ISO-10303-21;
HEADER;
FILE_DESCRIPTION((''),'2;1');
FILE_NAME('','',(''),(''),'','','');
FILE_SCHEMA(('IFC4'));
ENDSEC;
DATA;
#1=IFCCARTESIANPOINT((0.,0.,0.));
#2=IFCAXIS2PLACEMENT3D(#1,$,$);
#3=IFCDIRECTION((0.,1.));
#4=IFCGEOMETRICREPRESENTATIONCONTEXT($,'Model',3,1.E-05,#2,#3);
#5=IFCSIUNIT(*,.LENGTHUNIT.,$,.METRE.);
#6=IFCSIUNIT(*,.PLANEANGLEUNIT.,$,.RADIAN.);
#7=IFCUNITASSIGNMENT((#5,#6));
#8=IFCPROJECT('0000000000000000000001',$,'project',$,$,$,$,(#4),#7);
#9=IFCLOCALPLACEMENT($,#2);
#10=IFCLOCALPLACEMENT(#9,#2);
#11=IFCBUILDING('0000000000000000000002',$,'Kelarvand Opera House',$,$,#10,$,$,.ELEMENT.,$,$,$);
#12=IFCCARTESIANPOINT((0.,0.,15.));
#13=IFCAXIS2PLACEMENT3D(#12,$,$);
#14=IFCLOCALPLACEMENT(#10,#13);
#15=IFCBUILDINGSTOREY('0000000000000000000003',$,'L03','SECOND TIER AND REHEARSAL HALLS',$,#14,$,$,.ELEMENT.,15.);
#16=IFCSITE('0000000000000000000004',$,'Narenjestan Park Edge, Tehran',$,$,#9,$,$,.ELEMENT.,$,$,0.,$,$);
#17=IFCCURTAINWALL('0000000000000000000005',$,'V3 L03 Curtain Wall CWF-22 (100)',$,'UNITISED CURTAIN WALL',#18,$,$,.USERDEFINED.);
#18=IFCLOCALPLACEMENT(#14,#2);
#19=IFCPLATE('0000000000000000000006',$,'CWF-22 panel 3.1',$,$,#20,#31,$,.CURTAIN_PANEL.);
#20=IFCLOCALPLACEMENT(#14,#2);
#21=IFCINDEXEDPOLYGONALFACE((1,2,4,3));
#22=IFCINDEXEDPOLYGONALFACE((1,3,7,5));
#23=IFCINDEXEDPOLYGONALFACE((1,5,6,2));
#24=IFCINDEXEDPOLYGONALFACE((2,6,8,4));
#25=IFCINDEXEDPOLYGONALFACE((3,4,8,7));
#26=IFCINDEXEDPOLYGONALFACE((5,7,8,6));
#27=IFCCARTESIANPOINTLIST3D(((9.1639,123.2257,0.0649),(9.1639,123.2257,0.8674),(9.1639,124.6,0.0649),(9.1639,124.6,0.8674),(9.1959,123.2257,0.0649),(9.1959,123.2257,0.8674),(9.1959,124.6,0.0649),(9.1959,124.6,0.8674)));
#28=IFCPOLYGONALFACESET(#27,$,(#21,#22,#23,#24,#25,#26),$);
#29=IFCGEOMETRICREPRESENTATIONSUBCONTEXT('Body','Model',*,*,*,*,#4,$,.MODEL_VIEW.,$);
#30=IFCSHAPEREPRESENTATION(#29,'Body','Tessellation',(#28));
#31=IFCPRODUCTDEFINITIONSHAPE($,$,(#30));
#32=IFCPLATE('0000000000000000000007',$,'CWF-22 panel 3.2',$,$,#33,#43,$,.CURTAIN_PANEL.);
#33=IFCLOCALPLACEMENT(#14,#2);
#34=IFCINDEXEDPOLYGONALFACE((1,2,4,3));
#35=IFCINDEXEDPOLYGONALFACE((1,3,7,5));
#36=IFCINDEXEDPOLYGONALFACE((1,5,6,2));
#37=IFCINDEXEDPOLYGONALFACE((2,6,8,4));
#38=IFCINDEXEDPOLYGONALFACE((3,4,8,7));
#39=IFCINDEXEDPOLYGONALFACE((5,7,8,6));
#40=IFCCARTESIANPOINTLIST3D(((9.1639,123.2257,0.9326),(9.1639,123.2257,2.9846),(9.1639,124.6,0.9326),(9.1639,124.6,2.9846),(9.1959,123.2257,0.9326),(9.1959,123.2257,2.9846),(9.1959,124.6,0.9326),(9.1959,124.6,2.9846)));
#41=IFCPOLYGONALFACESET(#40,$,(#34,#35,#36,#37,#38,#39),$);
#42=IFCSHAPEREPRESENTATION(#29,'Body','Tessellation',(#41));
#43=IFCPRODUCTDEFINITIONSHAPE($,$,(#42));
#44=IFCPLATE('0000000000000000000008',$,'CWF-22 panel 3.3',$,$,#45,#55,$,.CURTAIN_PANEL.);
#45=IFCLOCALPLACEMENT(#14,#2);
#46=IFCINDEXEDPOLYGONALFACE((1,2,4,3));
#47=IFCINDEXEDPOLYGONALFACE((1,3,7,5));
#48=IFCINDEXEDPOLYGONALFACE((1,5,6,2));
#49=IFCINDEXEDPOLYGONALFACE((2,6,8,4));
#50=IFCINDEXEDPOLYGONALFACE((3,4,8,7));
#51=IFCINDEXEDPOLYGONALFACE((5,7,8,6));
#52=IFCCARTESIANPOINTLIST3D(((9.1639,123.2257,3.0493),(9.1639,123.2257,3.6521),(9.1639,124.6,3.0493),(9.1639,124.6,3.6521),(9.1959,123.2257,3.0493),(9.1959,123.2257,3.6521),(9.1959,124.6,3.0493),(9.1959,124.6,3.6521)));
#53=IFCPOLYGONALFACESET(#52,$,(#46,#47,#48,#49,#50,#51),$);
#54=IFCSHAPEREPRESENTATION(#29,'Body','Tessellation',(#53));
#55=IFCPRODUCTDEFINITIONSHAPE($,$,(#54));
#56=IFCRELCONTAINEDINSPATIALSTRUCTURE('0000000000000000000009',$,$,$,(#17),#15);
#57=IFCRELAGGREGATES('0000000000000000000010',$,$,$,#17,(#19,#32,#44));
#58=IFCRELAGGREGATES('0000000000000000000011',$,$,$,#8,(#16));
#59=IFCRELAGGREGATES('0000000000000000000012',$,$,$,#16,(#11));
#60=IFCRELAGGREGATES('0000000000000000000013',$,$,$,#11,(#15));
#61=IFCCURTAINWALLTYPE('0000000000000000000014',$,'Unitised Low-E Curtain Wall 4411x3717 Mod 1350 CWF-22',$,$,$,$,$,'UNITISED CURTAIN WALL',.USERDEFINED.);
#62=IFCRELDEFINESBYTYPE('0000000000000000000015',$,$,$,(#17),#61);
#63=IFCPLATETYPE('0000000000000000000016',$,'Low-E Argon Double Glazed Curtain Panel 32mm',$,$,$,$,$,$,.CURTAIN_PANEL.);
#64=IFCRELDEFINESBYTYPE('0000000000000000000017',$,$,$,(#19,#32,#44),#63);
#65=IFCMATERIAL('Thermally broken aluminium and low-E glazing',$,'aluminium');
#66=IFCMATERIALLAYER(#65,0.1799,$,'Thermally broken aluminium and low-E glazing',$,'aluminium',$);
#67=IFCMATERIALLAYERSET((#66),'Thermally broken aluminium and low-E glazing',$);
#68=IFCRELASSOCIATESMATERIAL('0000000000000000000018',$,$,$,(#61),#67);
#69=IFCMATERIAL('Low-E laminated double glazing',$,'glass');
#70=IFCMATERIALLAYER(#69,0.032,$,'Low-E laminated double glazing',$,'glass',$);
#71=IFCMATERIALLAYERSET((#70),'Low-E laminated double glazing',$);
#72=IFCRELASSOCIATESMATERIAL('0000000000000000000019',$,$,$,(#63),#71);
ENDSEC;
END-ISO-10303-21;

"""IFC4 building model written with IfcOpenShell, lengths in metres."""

from ifc_helpers import new_model, si_unit, direction, frame, origin, origin_2d, place, context, subcontext, project, spatial, rectangle, extrude, material, layer, layer_set, type_object, element, aggregate, save


model = new_model("IFC4")

# Units and contexts
model_context = context("Model", 3, precision=1e-05, world=origin(), true_north=direction((0.0, 1.0)))
body_context = subcontext(model_context, "Body", "Model", "MODEL_VIEW")
ifc_project = project(units=[si_unit("LENGTHUNIT", "METRE"), si_unit("PLANEANGLEUNIT", "RADIAN")], contexts=[model_context])

# Site, building, storey
site_placement = place(None, origin())
site = spatial("IfcSite", under=ifc_project, at=site_placement, Name="Narenjestan Park Edge, Tehran", CompositionType="ELEMENT", RefElevation=0.0)
building_placement = place(site_placement, origin())
building = spatial("IfcBuilding", under=site, at=building_placement, Name="Kelarvand Opera House", CompositionType="ELEMENT")
storey_placement = place(building_placement, frame((0.0, 0.0, 15.0)))
storey = spatial("IfcBuildingStorey", under=building, at=storey_placement, Name="L03", Description="SECOND TIER AND REHEARSAL HALLS", CompositionType="ELEMENT", Elevation=15.0)

# Curtain wall
ifc_material_1 = material(Name="Thermally broken aluminium and low-E glazing", Category="aluminium")
ifc_layer_1 = layer(ifc_material_1, 0.1799, Name="Thermally broken aluminium and low-E glazing", Category="aluminium")
ifc_layer_set_1 = layer_set([ifc_layer_1], Name="Thermally broken aluminium and low-E glazing")
curtain_wall_type = type_object("IfcCurtainWallType", Name="Unitised Low-E Curtain Wall 4411x3717 Mod 1350 CWF-22", ElementType="UNITISED CURTAIN WALL", PredefinedType="USERDEFINED", material=ifc_layer_set_1)
curtain_wall_1_placement = place(storey_placement, origin())
curtain_wall_1 = element("IfcCurtainWall", 1, at=curtain_wall_1_placement, inside=storey, type_object=curtain_wall_type, Name="V3 L03 Curtain Wall CWF-22 (100)", ObjectType="UNITISED CURTAIN WALL", PredefinedType="USERDEFINED")

# Plates
ifc_material_2 = material(Name="Low-E laminated double glazing", Category="glass")
ifc_layer_2 = layer(ifc_material_2, 0.032, Name="Low-E laminated double glazing", Category="glass")
ifc_layer_set_2 = layer_set([ifc_layer_2], Name="Low-E laminated double glazing")
plate_type = type_object("IfcPlateType", Name="Low-E Argon Double Glazed Curtain Panel 32mm", PredefinedType="CURTAIN_PANEL", material=ifc_layer_set_2)
plate_1_placement = place(storey_placement, frame((9.1799, 123.9128, 0.0649), z_axis=(0.0, 0.0, 1.0), x_axis=(0.0, 1.0, 0.0)))
plate_1 = element("IfcPlate", 2, at=plate_1_placement, type_object=plate_type, Name="CWF-22 panel 3.1", PredefinedType="CURTAIN_PANEL", context=body_context, shape_type="SweptSolid", body=[
    extrude(rectangle(XDim=1.3743, YDim=0.032, at=origin_2d()), origin(), (0.0, 0.0, 1.0), 0.8025),
])
plate_2_placement = place(storey_placement, frame((9.1799, 123.9128, 0.9326), z_axis=(0.0, 0.0, 1.0), x_axis=(0.0, 1.0, 0.0)))
plate_2 = element("IfcPlate", 3, at=plate_2_placement, type_object=plate_type, Name="CWF-22 panel 3.2", PredefinedType="CURTAIN_PANEL", context=body_context, shape_type="SweptSolid", body=[
    extrude(rectangle(XDim=1.3743, YDim=0.032, at=origin_2d()), origin(), (0.0, 0.0, 1.0), 2.052),
])
plate_3_placement = place(storey_placement, frame((9.1799, 123.9128, 3.0493), z_axis=(0.0, 0.0, 1.0), x_axis=(0.0, 1.0, 0.0)))
plate_3 = element("IfcPlate", 4, at=plate_3_placement, type_object=plate_type, Name="CWF-22 panel 3.3", PredefinedType="CURTAIN_PANEL", context=body_context, shape_type="SweptSolid", body=[
    extrude(rectangle(XDim=1.3743, YDim=0.032, at=origin_2d()), origin(), (0.0, 0.0, 1.0), 0.6028),
])
aggregate(curtain_wall_1, [plate_1, plate_2, plate_3])

save(model, "model.ifc")
